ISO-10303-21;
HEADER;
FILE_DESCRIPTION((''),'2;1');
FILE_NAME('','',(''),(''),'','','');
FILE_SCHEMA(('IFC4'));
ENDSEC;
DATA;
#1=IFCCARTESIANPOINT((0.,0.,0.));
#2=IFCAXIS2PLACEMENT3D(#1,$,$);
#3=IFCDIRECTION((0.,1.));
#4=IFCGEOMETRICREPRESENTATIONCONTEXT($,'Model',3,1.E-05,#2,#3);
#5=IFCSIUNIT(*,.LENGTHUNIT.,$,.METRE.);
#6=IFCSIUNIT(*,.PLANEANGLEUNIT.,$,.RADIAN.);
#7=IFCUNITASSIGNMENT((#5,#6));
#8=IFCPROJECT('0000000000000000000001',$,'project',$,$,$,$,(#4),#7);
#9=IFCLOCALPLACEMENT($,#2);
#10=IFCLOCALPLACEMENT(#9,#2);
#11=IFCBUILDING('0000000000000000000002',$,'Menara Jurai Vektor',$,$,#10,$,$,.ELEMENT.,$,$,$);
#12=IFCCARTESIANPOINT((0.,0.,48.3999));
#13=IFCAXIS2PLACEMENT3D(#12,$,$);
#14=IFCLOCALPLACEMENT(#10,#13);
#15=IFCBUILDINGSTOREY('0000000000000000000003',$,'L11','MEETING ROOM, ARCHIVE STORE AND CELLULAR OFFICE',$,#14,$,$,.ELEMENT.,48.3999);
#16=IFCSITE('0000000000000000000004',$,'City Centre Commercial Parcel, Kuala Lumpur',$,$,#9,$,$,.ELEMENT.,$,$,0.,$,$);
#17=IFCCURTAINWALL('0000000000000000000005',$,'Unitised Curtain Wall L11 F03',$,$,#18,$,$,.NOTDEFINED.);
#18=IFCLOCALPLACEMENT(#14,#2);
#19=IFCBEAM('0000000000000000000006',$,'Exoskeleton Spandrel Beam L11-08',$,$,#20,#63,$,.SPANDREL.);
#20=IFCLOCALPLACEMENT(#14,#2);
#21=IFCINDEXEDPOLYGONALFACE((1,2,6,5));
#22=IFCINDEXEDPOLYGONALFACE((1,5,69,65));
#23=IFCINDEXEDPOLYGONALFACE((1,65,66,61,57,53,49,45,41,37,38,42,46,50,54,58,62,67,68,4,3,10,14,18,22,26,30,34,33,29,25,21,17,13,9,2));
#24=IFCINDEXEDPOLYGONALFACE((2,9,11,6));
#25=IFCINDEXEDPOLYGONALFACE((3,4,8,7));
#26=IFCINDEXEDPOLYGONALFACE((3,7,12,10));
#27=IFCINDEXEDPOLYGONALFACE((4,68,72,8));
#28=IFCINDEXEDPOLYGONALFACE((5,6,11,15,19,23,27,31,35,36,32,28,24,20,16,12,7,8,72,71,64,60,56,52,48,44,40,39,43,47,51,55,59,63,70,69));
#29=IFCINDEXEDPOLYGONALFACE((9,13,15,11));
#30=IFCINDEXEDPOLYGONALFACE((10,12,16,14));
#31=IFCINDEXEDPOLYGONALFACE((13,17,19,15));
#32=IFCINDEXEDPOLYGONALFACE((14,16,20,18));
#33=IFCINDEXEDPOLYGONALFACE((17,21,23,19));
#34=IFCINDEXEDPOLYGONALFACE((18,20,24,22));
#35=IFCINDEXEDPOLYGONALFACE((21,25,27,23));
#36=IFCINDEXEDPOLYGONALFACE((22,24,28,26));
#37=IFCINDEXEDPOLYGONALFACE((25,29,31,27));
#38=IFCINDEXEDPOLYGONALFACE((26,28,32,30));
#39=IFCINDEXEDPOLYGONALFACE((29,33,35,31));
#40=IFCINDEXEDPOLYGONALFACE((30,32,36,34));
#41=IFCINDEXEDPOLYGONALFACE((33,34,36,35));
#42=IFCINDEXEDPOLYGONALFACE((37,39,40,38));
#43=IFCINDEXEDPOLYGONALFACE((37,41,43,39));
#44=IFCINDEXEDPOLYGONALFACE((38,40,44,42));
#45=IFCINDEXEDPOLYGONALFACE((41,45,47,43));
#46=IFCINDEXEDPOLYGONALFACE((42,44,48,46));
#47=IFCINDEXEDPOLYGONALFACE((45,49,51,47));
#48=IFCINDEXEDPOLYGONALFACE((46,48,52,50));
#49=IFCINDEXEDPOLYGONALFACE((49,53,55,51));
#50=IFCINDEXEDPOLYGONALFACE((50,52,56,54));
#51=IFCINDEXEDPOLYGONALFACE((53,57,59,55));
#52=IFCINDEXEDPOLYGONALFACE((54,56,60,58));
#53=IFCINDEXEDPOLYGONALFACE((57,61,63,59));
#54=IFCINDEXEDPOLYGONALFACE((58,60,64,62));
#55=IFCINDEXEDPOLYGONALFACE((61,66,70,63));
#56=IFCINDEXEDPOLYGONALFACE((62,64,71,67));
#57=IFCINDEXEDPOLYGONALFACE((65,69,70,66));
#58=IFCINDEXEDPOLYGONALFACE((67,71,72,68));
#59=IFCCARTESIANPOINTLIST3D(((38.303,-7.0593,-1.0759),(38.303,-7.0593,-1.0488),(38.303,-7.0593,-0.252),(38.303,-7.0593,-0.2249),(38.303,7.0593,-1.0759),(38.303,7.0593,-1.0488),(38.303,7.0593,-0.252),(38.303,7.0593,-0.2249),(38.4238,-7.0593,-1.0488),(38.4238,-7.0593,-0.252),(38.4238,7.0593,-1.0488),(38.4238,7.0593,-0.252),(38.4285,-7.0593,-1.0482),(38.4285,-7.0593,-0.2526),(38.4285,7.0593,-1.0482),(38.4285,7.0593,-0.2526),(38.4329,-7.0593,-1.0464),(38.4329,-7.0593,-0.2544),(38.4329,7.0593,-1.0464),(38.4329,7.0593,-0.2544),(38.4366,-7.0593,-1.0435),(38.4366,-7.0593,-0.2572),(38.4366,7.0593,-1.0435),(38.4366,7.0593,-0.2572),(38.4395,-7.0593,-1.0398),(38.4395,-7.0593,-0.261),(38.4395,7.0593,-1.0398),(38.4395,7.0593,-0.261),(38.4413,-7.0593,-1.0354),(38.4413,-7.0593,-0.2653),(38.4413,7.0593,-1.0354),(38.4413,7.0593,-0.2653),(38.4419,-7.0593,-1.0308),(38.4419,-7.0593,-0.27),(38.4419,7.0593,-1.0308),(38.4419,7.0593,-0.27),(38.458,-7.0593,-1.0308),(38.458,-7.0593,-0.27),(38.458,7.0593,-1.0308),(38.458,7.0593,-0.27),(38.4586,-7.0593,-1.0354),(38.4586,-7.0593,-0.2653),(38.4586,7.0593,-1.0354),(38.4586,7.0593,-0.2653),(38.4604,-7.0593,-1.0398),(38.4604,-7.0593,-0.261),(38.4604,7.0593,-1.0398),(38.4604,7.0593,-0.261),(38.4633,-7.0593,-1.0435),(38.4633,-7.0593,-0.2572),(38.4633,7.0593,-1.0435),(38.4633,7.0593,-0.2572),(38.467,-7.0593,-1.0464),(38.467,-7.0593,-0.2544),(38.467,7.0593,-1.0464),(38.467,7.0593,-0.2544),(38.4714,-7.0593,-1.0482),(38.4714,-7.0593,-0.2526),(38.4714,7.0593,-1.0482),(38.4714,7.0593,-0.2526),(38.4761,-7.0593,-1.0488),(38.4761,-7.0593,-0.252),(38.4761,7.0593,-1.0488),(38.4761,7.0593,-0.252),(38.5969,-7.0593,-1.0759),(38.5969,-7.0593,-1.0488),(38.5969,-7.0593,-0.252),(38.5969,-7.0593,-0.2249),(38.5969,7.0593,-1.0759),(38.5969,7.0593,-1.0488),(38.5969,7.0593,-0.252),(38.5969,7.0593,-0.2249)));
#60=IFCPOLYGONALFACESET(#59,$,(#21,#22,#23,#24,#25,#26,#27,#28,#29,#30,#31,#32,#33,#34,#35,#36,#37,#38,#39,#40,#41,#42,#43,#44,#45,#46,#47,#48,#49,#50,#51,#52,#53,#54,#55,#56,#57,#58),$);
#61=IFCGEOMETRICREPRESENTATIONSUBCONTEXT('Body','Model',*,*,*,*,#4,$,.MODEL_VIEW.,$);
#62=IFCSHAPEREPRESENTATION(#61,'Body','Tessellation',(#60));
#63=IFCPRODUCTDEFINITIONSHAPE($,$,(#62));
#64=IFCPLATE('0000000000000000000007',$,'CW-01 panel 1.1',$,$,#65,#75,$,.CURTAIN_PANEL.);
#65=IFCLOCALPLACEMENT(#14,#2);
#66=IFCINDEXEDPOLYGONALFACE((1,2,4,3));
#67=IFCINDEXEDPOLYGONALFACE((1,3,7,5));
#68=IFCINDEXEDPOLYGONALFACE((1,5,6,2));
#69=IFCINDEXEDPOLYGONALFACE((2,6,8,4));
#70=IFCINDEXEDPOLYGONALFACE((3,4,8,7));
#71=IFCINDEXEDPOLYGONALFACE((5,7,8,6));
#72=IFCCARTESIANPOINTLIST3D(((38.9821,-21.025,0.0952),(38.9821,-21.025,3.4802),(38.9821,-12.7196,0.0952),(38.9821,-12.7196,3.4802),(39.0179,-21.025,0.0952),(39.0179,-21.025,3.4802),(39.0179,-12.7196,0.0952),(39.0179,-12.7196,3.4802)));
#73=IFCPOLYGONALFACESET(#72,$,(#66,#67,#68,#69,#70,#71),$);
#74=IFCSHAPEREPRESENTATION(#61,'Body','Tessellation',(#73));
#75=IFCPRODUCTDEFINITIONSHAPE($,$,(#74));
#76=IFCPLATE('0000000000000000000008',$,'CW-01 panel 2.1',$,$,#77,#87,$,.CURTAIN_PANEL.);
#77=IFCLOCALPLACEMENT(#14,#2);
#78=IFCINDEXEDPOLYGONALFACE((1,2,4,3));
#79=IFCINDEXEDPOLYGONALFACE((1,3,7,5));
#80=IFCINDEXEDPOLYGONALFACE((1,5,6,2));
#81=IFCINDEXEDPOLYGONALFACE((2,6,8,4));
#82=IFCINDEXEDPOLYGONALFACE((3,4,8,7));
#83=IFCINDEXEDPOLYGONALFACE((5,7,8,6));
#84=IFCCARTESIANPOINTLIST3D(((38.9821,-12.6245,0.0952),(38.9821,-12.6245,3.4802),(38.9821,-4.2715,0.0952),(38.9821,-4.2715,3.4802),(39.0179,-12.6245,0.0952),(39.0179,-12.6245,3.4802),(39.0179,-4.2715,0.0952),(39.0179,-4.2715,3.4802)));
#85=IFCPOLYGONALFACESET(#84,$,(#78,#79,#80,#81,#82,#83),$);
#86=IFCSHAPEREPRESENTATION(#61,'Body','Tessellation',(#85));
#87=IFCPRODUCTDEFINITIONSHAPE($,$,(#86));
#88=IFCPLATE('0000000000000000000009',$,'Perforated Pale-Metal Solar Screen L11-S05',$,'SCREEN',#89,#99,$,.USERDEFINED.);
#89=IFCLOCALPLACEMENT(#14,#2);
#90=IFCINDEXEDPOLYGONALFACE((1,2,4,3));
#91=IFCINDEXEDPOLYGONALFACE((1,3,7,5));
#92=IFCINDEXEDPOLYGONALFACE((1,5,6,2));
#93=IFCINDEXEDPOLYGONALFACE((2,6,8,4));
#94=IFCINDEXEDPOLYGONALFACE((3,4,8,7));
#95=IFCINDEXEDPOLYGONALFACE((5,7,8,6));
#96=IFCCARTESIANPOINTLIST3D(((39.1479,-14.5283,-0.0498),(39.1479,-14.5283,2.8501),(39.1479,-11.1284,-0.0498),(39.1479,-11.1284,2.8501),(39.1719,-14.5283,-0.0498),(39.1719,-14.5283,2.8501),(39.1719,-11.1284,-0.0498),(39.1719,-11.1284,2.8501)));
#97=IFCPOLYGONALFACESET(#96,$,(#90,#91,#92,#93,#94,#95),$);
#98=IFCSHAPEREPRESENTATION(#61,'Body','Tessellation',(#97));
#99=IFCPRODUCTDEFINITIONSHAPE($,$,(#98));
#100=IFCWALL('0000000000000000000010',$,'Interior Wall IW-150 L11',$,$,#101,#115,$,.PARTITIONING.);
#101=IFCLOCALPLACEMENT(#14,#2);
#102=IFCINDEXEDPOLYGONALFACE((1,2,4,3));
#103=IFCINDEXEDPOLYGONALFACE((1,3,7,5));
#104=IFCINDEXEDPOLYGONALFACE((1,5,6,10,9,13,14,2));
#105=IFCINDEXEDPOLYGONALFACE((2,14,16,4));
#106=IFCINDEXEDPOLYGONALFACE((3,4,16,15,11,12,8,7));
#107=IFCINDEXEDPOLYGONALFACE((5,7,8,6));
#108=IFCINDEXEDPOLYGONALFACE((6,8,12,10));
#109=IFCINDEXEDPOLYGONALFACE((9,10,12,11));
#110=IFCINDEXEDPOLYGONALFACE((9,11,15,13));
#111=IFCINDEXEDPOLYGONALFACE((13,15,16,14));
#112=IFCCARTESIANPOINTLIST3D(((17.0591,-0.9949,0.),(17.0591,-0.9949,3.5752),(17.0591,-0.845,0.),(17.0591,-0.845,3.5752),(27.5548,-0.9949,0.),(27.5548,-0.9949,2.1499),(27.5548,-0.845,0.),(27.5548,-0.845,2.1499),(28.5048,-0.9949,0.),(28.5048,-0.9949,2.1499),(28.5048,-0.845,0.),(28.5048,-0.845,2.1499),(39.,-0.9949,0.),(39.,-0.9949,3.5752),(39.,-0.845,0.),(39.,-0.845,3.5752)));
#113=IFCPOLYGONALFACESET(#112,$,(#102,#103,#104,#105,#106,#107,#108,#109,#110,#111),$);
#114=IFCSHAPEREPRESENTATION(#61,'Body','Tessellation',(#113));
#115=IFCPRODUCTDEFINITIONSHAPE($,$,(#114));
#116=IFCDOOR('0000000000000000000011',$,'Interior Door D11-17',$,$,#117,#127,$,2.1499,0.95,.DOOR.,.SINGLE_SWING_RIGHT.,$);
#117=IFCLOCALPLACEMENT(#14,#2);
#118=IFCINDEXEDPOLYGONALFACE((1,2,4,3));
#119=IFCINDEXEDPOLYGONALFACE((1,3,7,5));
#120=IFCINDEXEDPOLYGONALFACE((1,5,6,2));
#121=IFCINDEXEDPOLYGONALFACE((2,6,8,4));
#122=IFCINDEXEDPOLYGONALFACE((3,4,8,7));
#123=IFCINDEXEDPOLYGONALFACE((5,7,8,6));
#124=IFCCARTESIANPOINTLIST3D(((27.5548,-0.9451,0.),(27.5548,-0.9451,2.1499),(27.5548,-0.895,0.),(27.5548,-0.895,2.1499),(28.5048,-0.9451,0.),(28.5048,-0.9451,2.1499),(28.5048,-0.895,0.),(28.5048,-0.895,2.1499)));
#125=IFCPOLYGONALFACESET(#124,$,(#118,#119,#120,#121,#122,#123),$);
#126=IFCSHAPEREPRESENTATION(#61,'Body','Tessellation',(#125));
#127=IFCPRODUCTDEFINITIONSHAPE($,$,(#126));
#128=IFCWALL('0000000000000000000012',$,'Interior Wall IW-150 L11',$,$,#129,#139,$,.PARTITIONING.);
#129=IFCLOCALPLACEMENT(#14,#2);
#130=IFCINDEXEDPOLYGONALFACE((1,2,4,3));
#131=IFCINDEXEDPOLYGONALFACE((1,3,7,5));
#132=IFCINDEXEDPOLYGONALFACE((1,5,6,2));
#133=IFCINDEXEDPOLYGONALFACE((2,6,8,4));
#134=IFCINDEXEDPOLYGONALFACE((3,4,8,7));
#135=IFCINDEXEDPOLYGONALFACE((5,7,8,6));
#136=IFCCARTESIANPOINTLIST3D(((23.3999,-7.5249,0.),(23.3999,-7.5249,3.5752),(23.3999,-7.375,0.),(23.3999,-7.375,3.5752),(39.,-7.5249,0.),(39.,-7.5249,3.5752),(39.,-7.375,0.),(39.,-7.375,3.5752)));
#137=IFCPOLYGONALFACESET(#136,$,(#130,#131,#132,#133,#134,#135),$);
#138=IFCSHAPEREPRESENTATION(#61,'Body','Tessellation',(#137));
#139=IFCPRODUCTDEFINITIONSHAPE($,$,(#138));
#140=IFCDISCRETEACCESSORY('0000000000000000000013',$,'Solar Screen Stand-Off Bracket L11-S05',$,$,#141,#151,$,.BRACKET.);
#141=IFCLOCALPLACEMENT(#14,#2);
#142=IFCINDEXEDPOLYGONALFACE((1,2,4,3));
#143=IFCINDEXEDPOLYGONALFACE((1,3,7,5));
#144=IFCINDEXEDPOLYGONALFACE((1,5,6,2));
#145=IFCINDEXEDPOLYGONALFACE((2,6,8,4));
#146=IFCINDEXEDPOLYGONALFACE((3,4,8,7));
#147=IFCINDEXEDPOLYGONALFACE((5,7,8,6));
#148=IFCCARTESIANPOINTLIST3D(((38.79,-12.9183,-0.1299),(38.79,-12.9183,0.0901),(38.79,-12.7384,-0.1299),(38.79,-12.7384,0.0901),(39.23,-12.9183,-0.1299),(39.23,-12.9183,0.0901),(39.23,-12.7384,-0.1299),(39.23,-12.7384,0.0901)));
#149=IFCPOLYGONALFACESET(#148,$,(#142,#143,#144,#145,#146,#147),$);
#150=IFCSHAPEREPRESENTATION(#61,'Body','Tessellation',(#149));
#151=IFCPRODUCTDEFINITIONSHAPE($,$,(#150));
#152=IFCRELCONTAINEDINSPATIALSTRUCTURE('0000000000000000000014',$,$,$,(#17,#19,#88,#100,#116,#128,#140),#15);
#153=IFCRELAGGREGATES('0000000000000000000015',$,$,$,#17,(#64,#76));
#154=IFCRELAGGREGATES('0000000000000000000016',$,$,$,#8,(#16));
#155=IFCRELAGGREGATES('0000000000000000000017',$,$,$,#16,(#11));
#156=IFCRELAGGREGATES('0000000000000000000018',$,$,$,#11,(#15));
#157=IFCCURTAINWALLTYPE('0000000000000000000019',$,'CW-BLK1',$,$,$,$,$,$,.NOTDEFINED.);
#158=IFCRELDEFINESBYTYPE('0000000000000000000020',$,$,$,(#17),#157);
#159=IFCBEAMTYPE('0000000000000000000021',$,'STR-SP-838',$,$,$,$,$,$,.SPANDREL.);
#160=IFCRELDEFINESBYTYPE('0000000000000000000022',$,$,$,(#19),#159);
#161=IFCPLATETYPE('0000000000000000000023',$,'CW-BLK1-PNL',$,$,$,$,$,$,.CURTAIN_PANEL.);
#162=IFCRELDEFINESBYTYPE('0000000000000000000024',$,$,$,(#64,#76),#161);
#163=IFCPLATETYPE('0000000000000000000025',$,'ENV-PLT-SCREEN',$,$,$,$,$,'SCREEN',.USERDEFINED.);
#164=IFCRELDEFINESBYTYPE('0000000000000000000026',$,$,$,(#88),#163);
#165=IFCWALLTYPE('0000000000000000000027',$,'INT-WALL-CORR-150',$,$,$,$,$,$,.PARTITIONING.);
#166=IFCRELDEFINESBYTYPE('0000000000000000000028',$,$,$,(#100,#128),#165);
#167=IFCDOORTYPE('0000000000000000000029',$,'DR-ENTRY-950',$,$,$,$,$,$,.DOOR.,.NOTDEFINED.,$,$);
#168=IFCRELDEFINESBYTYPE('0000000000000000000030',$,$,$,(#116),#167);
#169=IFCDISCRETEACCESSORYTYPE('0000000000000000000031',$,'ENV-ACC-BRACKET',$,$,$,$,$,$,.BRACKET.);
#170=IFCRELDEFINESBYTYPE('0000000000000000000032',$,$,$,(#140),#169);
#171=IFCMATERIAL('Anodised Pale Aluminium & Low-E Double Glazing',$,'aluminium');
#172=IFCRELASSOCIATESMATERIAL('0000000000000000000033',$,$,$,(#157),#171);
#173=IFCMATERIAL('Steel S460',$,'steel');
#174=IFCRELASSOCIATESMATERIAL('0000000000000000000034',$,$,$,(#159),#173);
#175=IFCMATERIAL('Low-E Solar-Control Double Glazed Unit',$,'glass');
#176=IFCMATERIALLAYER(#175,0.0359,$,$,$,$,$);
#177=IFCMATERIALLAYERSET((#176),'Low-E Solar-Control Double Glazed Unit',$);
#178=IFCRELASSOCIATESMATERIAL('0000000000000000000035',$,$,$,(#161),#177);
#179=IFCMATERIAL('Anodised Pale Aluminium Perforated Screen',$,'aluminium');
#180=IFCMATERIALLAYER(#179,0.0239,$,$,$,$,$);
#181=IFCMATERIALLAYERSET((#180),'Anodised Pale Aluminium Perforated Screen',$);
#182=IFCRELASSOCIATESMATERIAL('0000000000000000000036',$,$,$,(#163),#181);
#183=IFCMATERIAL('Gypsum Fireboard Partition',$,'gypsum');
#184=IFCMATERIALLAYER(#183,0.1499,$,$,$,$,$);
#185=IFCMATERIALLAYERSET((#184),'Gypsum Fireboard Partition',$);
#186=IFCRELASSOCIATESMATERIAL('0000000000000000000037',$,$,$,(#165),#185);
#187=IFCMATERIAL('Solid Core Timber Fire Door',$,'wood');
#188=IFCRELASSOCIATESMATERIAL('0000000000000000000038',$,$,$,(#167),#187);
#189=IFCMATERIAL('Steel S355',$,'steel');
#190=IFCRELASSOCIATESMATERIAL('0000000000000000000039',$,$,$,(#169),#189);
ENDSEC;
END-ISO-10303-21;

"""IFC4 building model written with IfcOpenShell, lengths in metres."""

from ifc_helpers import new_model, si_unit, direction, frame, frame_2d, origin, origin_2d, place, context, subcontext, project, spatial, rectangle, i_section, extrude, material, layer, layer_set, material_profile, profile_set, type_object, element, fill, aggregate, save


model = new_model("IFC4")

# Units and contexts
model_context = context("Model", 3, precision=1e-05, world=origin(), true_north=direction((0.0, 1.0)))
body_context = subcontext(model_context, "Body", "Model", "MODEL_VIEW")
ifc_project = project(units=[si_unit("LENGTHUNIT", "METRE"), si_unit("PLANEANGLEUNIT", "RADIAN")], contexts=[model_context])

# Site, building, storey
site_placement = place(None, origin())
site = spatial("IfcSite", under=ifc_project, at=site_placement, Name="City Centre Commercial Parcel, Kuala Lumpur", CompositionType="ELEMENT", RefElevation=0.0)
building_placement = place(site_placement, origin())
building = spatial("IfcBuilding", under=site, at=building_placement, Name="Menara Jurai Vektor", CompositionType="ELEMENT")
storey_placement = place(building_placement, frame((0.0, 0.0, 48.3999)))
storey = spatial("IfcBuildingStorey", under=building, at=storey_placement, Name="L11", Description="MEETING ROOM, ARCHIVE STORE AND CELLULAR OFFICE", CompositionType="ELEMENT", Elevation=48.3999)

# Shared definitions
ifc_material_1 = material(Name="Steel S460", Category="steel")

# Curtain wall
ifc_material_2 = material(Name="Anodised Pale Aluminium & Low-E Double Glazing", Category="aluminium")
curtain_wall_type = type_object("IfcCurtainWallType", Name="CW-BLK1", PredefinedType="NOTDEFINED", material=ifc_material_2)
curtain_wall_placement = place(storey_placement, origin())
curtain_wall = element("IfcCurtainWall", 1, at=curtain_wall_placement, inside=storey, type_object=curtain_wall_type, Name="Unitised Curtain Wall L11 F03", PredefinedType="NOTDEFINED")

# Beam
ifc_material_3 = material(Name="Steel S355", Category="steel")
ifc_material_profile_1 = material_profile(ifc_material_1, i_section(OverallWidth=0.2939, OverallDepth=0.8511, WebThickness=0.0161, FlangeThickness=0.0271, FilletRadius=0.0181, at=origin_2d()), Name="UKB 838x292x226")
ifc_profile_set_1 = profile_set([ifc_material_profile_1], Name="Steel S460")
beam_type_1 = type_object("IfcBeamType", Name="STR-SP-838", PredefinedType="SPANDREL", material=ifc_profile_set_1)
beam_1_placement = place(storey_placement, frame((38.45, -7.0593, -0.6504), z_axis=(0.0, 1.0, 0.0), x_axis=(-1.0, 0.0, 0.0)))
element("IfcBeam", 2, at=beam_1_placement, inside=storey, type_object=beam_type_1, Name="Exoskeleton Spandrel Beam L11-08", PredefinedType="SPANDREL", context=body_context, shape_type="SweptSolid", body=[
    extrude(i_section(OverallWidth=0.2939, OverallDepth=0.8511, WebThickness=0.0161, FlangeThickness=0.0271, FilletRadius=0.0181, at=origin_2d()), origin(), (0.0, 0.0, 1.0), 14.1187),
])

# Plates
ifc_material_4 = material(Name="Low-E Solar-Control Double Glazed Unit", Category="glass")
ifc_layer_1 = layer(ifc_material_4, 0.0359)
ifc_layer_set_1 = layer_set([ifc_layer_1], Name="Low-E Solar-Control Double Glazed Unit")
plate_type_1 = type_object("IfcPlateType", Name="CW-BLK1-PNL", PredefinedType="CURTAIN_PANEL", material=ifc_layer_set_1)
plate_1_placement = place(storey_placement, frame((39.0, -16.8723, 0.0952), z_axis=(0.0, 0.0, 1.0), x_axis=(0.0, 1.0, 0.0)))
plate_1 = element("IfcPlate", 3, at=plate_1_placement, type_object=plate_type_1, Name="CW-01 panel 1.1", PredefinedType="CURTAIN_PANEL", context=body_context, shape_type="SweptSolid", body=[
    extrude(rectangle(XDim=8.3054, YDim=0.0359, at=origin_2d()), origin(), (0.0, 0.0, 1.0), 3.385),
])
plate_2_placement = place(storey_placement, frame((39.0, -8.448, 0.0952), z_axis=(0.0, 0.0, 1.0), x_axis=(0.0, 1.0, 0.0)))
plate_2 = element("IfcPlate", 4, at=plate_2_placement, type_object=plate_type_1, Name="CW-01 panel 2.1", PredefinedType="CURTAIN_PANEL", context=body_context, shape_type="SweptSolid", body=[
    extrude(rectangle(XDim=8.353, YDim=0.0359, at=origin_2d()), origin(), (0.0, 0.0, 1.0), 3.385),
])
aggregate(curtain_wall, [plate_1, plate_2])
ifc_material_5 = material(Name="Anodised Pale Aluminium Perforated Screen", Category="aluminium")
ifc_layer_2 = layer(ifc_material_5, 0.0239)
ifc_layer_set_2 = layer_set([ifc_layer_2], Name="Anodised Pale Aluminium Perforated Screen")
plate_type_2 = type_object("IfcPlateType", Name="ENV-PLT-SCREEN", ElementType="SCREEN", PredefinedType="USERDEFINED", material=ifc_layer_set_2)
plate_3_placement = place(storey_placement, frame((39.1599, -12.8284, -0.0498), z_axis=(0.0, 0.0, 1.0), x_axis=(0.0, 1.0, 0.0)))
element("IfcPlate", 5, at=plate_3_placement, inside=storey, type_object=plate_type_2, Name="Perforated Pale-Metal Solar Screen L11-S05", ObjectType="SCREEN", PredefinedType="USERDEFINED", context=body_context, shape_type="SweptSolid", body=[
    extrude(rectangle(XDim=3.3999, YDim=0.0239, at=origin_2d()), origin(), (0.0, 0.0, 1.0), 2.8999),
])

# Wall, opening, door
ifc_material_6 = material(Name="Gypsum Fireboard Partition", Category="gypsum")
ifc_layer_3 = layer(ifc_material_6, 0.1499)
ifc_layer_set_3 = layer_set([ifc_layer_3], Name="Gypsum Fireboard Partition")
wall_type = type_object("IfcWallType", Name="INT-WALL-CORR-150", PredefinedType="PARTITIONING", material=ifc_layer_set_3)
wall_1_placement = place(storey_placement, frame((17.0591, -0.9199, 0.0), z_axis=(0.0, 0.0, 1.0), x_axis=(1.0, 0.0, 0.0)))
wall_1 = element("IfcWall", 6, at=wall_1_placement, inside=storey, type_object=wall_type, Name="Interior Wall IW-150 L11", PredefinedType="PARTITIONING", context=body_context, shape_type="SweptSolid", body=[
    extrude(rectangle(XDim=21.9409, YDim=0.1499, at=frame_2d((10.9705, 0.0))), origin(), (0.0, 0.0, 1.0), 3.5752),
])
opening_placement = place(wall_1_placement, frame((10.4956, 0.0, 0.0)))
opening = element("IfcOpeningElement", 7, at=opening_placement, cuts=wall_1, PredefinedType="OPENING", context=body_context, shape_type="SweptSolid", body=[
    extrude(rectangle(XDim=0.95, YDim=2.1499, at=frame_2d((0.4751, 1.075))), frame((0.0, 0.085, 0.0), z_axis=(0.0, -1.0, 0.0), x_axis=(1.0, 0.0, 0.0)), (0.0, 0.0, 1.0), 0.1699),
])
ifc_material_7 = material(Name="Solid Core Timber Fire Door", Category="wood")
door_type = type_object("IfcDoorType", Name="DR-ENTRY-950", OperationType="NOTDEFINED", PredefinedType="DOOR", material=ifc_material_7)
door_placement = place(opening_placement, origin())
door = element("IfcDoor", 8, at=door_placement, inside=storey, type_object=door_type, Name="Interior Door D11-17", OperationType="SINGLE_SWING_RIGHT", OverallHeight=2.1499, OverallWidth=0.95, PredefinedType="DOOR", context=body_context, shape_type="SweptSolid", body=[
    extrude(rectangle(XDim=0.95, YDim=2.1499, at=frame_2d((0.4751, 1.075))), frame((0.0, 0.0249, 0.0), z_axis=(0.0, -1.0, 0.0), x_axis=(1.0, 0.0, 0.0)), (0.0, 0.0, 1.0), 0.05),
])
fill(opening, door)

# Wall
wall_2_placement = place(storey_placement, frame((23.3999, -7.45, 0.0), z_axis=(0.0, 0.0, 1.0), x_axis=(1.0, 0.0, 0.0)))
element("IfcWall", 9, at=wall_2_placement, inside=storey, type_object=wall_type, Name="Interior Wall IW-150 L11", PredefinedType="PARTITIONING", context=body_context, shape_type="SweptSolid", body=[
    extrude(rectangle(XDim=15.6001, YDim=0.1499, at=frame_2d((7.8, 0.0))), origin(), (0.0, 0.0, 1.0), 3.5752),
])

# Discrete accessory
discrete_accessory_type = type_object("IfcDiscreteAccessoryType", Name="ENV-ACC-BRACKET", PredefinedType="BRACKET", material=ifc_material_3)
discrete_accessory_placement = place(storey_placement, frame((39.01, -12.8284, -0.1299), z_axis=(0.0, 0.0, 1.0), x_axis=(0.0, 1.0, 0.0)))
element("IfcDiscreteAccessory", 10, at=discrete_accessory_placement, inside=storey, type_object=discrete_accessory_type, Name="Solar Screen Stand-Off Bracket L11-S05", PredefinedType="BRACKET", context=body_context, shape_type="SweptSolid", body=[
    extrude(rectangle(XDim=0.1799, YDim=0.4399, at=origin_2d()), origin(), (0.0, 0.0, 1.0), 0.22),
])

save(model, "model.ifc")
